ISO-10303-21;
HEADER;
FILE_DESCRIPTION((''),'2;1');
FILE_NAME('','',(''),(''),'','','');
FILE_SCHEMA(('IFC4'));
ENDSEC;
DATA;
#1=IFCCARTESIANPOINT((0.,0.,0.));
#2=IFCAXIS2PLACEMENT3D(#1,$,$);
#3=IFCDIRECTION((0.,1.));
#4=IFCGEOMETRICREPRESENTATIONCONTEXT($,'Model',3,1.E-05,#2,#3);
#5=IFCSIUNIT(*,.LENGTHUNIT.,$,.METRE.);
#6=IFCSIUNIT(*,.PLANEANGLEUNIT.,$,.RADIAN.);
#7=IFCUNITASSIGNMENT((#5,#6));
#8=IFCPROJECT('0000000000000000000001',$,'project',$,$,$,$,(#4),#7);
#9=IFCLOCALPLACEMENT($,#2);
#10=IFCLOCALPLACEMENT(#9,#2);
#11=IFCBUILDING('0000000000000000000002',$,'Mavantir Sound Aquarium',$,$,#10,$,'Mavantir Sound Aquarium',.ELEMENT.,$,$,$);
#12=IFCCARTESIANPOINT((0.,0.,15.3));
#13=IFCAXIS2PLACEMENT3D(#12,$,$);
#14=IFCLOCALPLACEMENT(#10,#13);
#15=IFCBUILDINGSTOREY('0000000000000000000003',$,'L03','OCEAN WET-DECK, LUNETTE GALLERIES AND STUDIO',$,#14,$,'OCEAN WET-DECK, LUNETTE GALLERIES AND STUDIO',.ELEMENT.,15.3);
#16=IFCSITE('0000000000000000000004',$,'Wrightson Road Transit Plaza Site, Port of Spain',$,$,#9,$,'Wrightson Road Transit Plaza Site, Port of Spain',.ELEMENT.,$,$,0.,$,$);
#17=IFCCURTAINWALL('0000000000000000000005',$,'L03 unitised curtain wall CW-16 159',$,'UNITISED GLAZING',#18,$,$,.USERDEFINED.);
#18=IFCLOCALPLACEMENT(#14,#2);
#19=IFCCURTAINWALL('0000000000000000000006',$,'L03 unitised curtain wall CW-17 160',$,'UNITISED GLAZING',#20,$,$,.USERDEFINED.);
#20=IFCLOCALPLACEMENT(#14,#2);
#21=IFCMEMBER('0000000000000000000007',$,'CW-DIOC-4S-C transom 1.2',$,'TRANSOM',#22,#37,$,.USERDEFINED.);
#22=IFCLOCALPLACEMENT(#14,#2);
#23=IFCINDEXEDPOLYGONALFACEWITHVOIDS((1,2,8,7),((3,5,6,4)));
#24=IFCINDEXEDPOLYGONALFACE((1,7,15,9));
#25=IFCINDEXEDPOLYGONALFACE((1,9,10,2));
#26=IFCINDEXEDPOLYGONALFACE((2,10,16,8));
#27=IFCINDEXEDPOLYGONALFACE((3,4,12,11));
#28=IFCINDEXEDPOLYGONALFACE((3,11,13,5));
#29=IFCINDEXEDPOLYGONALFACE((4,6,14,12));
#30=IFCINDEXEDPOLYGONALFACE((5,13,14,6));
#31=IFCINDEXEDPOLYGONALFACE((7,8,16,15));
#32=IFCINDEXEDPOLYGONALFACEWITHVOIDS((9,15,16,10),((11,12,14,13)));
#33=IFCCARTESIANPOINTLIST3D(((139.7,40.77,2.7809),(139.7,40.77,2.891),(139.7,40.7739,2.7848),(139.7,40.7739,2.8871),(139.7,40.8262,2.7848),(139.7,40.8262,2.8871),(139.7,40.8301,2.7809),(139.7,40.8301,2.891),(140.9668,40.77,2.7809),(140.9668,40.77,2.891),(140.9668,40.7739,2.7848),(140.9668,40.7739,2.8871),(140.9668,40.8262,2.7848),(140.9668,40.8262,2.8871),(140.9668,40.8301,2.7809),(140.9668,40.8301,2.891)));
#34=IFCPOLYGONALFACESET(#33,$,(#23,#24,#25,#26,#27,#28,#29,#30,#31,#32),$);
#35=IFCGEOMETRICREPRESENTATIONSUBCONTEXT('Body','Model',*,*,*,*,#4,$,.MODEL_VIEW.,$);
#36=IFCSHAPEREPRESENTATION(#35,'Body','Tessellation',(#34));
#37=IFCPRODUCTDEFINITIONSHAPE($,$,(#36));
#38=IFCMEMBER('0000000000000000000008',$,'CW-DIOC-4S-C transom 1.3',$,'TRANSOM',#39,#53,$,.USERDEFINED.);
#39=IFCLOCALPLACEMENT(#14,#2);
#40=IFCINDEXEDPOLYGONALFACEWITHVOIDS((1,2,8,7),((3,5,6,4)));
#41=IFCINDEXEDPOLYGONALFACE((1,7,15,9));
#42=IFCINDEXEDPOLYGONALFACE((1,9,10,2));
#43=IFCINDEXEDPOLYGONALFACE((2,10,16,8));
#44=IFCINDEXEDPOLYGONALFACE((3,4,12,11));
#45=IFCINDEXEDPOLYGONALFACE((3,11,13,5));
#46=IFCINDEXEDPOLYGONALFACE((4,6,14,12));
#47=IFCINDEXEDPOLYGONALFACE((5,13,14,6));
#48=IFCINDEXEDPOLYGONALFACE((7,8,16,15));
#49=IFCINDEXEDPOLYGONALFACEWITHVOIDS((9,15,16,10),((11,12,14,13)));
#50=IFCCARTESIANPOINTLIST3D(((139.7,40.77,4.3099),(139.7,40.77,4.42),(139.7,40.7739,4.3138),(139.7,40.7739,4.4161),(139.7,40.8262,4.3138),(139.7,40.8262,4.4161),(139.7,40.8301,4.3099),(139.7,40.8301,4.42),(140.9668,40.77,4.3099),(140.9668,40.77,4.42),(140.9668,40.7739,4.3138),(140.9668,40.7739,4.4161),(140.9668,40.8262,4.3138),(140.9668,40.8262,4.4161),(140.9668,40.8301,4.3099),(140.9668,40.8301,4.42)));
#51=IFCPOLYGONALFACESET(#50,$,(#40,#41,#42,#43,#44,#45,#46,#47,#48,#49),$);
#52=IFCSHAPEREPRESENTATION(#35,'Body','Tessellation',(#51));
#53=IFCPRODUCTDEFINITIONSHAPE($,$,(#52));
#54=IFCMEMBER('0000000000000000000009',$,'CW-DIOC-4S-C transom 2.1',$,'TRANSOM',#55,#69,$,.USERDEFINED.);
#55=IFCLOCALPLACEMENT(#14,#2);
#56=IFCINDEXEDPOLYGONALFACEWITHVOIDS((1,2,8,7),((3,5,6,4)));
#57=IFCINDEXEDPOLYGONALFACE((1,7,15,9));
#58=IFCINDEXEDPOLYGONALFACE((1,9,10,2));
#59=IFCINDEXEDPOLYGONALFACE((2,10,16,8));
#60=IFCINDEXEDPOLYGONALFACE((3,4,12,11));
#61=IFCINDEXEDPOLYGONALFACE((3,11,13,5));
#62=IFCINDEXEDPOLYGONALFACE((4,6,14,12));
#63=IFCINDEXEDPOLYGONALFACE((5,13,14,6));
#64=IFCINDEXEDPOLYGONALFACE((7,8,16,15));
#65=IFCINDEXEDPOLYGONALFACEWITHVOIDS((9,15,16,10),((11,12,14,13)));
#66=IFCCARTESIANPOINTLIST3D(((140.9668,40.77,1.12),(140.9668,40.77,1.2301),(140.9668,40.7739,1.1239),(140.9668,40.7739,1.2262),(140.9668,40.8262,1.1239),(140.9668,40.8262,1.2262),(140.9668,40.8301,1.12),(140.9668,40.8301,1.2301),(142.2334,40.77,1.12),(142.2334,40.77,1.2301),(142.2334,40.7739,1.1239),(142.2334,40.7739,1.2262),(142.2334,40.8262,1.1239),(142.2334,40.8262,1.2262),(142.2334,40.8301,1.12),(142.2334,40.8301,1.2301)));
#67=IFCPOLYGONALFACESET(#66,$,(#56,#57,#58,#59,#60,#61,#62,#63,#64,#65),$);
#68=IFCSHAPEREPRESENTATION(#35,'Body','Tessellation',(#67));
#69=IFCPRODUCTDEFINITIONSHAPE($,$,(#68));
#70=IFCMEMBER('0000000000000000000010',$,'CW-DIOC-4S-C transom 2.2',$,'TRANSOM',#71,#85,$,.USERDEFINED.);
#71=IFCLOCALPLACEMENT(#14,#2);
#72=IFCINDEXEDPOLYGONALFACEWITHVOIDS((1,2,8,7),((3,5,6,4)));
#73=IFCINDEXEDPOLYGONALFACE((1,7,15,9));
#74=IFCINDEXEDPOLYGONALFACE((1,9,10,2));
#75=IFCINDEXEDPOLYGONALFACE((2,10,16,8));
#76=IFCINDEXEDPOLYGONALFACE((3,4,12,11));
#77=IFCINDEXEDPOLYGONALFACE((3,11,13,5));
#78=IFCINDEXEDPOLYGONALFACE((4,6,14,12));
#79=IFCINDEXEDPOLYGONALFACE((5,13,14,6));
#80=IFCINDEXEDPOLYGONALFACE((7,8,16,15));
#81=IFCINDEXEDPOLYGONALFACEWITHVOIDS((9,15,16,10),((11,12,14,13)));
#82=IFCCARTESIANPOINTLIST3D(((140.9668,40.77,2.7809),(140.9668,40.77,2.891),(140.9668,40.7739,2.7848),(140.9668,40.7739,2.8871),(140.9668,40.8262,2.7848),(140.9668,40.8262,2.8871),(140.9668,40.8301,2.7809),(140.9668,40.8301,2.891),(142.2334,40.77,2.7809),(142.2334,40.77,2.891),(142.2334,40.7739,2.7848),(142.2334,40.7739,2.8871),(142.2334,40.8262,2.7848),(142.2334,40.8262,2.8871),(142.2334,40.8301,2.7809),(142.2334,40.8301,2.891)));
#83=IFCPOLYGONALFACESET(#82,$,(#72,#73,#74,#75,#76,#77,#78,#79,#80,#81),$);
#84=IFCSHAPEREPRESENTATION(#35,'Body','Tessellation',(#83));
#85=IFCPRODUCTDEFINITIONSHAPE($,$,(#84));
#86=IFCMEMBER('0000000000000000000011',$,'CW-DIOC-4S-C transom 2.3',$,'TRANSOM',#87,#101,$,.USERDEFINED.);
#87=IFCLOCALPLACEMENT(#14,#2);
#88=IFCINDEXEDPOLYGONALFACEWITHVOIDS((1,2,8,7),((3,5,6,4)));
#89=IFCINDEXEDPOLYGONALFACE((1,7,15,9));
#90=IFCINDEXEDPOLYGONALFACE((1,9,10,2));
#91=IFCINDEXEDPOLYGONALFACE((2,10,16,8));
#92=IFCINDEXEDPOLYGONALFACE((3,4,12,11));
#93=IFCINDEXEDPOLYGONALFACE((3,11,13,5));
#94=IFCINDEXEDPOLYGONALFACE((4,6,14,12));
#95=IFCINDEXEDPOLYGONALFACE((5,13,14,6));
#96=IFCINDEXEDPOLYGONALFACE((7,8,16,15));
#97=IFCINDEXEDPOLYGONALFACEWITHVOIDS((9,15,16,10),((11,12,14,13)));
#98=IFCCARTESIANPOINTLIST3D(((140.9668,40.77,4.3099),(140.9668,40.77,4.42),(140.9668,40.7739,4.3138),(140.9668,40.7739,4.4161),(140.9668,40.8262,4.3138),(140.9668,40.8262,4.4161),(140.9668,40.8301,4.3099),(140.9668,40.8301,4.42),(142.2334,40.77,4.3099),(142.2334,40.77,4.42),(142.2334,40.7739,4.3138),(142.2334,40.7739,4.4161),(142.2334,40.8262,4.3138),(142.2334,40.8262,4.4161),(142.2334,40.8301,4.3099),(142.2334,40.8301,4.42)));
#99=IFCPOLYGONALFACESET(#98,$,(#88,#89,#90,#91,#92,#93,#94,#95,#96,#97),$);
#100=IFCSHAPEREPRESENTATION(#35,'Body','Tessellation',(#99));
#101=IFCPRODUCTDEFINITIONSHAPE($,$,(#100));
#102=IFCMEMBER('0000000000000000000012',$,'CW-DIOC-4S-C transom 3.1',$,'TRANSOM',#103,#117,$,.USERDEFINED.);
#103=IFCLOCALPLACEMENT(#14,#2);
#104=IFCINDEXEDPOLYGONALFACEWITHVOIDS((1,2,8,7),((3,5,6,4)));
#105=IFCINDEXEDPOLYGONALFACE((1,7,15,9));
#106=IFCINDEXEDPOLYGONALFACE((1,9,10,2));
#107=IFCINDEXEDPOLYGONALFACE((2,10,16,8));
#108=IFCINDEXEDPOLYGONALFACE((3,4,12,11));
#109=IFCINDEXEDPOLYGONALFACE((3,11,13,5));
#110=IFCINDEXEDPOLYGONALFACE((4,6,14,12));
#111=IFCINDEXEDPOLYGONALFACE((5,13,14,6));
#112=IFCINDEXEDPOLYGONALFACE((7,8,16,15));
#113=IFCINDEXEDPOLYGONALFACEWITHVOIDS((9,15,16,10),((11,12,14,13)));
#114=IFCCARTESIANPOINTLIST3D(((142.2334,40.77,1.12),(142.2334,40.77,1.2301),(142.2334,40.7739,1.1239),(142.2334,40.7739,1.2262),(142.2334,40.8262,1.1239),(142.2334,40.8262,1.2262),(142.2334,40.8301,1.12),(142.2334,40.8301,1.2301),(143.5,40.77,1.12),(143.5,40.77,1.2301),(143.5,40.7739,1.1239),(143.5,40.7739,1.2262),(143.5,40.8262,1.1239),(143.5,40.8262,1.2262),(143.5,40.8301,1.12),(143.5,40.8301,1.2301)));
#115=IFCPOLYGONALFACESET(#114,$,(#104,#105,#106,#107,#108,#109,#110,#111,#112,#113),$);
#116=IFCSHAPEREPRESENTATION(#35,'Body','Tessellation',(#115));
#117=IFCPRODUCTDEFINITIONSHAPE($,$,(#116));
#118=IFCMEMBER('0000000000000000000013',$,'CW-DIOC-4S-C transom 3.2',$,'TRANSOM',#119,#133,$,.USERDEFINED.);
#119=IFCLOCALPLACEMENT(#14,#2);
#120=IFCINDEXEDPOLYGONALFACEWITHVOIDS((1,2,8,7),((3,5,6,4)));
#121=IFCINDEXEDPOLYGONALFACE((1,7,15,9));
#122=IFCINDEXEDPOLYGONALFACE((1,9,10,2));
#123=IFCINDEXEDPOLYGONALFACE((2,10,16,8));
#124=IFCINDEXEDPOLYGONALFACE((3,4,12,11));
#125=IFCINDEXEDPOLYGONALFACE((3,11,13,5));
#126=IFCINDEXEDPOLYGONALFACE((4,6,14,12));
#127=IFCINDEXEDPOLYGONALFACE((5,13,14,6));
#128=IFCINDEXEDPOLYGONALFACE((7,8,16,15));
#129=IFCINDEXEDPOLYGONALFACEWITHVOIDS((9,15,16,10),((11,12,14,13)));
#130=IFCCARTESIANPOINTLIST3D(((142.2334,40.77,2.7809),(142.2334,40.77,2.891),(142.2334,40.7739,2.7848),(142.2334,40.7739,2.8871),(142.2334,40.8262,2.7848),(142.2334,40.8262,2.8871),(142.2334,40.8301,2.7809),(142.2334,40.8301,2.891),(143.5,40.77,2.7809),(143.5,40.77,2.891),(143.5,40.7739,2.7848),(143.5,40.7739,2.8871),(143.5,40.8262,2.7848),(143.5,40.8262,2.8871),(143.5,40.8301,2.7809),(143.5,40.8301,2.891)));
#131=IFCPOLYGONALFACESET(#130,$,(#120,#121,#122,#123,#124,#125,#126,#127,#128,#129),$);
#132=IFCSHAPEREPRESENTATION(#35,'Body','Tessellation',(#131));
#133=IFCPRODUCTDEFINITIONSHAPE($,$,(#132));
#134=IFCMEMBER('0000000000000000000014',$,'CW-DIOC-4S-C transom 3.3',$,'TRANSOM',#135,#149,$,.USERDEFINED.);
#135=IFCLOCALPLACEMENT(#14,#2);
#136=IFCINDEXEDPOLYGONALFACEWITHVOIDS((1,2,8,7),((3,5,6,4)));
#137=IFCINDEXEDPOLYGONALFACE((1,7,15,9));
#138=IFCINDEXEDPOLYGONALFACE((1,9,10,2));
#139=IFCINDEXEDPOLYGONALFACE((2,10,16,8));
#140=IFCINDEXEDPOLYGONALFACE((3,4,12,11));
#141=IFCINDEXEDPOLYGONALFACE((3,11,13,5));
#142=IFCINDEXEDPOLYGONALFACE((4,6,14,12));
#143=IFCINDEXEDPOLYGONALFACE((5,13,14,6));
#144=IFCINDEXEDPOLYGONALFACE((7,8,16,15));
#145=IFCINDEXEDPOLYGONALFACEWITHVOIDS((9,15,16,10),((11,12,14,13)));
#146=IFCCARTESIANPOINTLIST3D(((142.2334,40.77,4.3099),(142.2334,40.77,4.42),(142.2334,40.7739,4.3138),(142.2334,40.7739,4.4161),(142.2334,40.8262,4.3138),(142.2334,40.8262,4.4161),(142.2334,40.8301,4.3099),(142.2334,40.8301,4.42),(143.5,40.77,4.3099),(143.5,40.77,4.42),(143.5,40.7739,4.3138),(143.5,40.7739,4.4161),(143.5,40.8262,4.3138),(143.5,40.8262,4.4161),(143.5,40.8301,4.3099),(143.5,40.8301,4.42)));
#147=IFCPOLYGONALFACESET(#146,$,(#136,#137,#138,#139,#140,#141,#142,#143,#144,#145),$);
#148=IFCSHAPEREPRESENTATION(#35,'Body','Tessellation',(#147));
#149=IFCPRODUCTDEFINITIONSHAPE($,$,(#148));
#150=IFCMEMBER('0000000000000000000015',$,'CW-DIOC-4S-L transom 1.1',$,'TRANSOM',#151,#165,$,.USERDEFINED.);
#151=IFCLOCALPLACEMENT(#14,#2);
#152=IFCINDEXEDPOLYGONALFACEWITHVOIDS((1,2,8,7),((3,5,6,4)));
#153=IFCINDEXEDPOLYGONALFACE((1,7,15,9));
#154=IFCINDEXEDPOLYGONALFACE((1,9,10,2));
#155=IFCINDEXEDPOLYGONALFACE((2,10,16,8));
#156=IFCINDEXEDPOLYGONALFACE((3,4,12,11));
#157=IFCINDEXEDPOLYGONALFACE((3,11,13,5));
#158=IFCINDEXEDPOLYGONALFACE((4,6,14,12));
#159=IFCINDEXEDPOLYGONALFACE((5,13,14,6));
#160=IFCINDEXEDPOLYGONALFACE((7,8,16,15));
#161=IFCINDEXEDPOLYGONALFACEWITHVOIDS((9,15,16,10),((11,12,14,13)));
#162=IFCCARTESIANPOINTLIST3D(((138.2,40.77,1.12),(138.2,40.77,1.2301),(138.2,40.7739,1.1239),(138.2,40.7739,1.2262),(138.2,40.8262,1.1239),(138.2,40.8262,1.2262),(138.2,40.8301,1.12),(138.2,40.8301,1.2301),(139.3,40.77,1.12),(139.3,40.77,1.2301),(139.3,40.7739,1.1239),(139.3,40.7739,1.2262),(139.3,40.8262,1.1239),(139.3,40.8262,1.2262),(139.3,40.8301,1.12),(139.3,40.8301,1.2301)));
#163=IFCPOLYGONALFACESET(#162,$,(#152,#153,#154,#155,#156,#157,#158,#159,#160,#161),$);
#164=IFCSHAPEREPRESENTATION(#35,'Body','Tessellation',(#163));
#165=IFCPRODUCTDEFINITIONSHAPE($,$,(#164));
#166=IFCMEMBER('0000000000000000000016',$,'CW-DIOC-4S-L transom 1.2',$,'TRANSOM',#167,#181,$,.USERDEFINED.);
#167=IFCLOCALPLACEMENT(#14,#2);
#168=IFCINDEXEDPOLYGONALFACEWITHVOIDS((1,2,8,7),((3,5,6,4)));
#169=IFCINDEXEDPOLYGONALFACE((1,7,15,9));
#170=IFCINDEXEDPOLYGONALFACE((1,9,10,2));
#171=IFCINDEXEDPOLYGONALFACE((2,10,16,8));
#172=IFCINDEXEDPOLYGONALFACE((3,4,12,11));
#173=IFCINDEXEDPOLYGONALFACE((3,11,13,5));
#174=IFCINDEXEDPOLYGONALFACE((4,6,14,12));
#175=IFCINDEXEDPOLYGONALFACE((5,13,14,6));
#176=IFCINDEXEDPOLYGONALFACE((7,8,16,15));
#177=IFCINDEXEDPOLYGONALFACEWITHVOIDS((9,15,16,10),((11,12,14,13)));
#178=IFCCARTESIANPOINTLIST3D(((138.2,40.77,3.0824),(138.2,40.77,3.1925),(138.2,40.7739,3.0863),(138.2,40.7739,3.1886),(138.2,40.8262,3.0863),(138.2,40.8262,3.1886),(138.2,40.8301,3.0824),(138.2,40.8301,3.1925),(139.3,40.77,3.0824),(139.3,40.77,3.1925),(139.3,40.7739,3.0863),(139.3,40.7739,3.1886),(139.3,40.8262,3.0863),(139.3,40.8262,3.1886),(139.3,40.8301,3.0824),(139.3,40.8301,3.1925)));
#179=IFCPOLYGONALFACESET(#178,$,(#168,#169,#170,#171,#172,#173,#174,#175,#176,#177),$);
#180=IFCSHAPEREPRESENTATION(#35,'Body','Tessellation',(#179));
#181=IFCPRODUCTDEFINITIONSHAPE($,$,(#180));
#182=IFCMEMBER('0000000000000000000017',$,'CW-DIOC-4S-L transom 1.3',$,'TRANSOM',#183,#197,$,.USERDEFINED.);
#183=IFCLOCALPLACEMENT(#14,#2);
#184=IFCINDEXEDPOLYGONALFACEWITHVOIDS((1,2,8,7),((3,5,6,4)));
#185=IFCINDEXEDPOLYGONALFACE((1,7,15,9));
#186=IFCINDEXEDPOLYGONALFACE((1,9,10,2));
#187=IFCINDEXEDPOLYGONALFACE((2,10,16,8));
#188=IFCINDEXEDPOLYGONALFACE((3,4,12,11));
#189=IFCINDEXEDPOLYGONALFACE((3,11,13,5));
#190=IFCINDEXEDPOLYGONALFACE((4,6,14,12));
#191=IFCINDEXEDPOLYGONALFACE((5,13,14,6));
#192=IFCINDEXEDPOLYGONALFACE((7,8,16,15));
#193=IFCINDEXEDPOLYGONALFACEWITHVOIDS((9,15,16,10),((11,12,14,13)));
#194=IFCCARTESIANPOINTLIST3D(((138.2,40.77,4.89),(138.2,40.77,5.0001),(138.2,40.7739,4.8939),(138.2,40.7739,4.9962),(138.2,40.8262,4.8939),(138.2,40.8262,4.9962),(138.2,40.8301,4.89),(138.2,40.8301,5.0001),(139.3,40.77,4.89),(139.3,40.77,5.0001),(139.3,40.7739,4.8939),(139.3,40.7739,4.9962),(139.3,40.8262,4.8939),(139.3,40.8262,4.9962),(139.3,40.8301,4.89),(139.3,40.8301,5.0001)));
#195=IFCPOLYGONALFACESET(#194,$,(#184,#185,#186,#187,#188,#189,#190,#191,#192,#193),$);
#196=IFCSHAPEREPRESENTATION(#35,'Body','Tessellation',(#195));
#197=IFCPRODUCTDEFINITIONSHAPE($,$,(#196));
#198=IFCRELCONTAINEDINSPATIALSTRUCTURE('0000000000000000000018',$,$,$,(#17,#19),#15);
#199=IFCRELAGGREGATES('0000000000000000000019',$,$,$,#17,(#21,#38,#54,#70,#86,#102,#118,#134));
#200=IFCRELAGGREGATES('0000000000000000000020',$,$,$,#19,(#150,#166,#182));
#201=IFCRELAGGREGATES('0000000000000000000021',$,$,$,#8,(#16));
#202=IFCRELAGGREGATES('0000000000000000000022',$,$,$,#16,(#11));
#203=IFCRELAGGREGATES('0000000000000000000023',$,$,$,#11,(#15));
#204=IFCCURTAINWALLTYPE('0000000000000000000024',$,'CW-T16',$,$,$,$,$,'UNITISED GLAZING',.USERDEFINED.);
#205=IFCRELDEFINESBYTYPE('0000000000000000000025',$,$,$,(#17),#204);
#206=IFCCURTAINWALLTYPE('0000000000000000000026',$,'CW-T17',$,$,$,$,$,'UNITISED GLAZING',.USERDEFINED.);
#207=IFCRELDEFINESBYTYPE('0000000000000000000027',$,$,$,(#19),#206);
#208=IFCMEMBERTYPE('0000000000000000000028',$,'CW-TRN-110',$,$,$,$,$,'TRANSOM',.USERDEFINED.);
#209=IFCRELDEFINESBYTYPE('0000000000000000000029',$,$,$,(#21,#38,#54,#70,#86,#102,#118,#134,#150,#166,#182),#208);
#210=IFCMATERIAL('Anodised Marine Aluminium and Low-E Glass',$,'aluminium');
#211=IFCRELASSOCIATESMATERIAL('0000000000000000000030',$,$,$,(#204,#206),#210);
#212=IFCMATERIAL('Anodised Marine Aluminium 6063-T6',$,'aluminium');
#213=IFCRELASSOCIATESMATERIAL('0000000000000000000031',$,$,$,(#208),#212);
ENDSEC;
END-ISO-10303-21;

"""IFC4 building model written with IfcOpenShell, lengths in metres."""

from ifc_helpers import new_model, si_unit, direction, frame, origin, origin_2d, place, context, subcontext, project, spatial, hollow_rectangle, extrude, material, material_profile, profile_set, type_object, element, aggregate, save


model = new_model("IFC4")

# Units and contexts
model_context = context("Model", 3, precision=1e-05, world=origin(), true_north=direction((0.0, 1.0)))
body_context = subcontext(model_context, "Body", "Model", "MODEL_VIEW")
ifc_project = project(units=[si_unit("LENGTHUNIT", "METRE"), si_unit("PLANEANGLEUNIT", "RADIAN")], contexts=[model_context])

# Site, building, storey
site_placement = place(None, origin())
site = spatial("IfcSite", under=ifc_project, at=site_placement, Name="Wrightson Road Transit Plaza Site, Port of Spain", LongName="Wrightson Road Transit Plaza Site, Port of Spain", CompositionType="ELEMENT", RefElevation=0.0)
building_placement = place(site_placement, origin())
building = spatial("IfcBuilding", under=site, at=building_placement, Name="Mavantir Sound Aquarium", LongName="Mavantir Sound Aquarium", CompositionType="ELEMENT")
storey_placement = place(building_placement, frame((0.0, 0.0, 15.3)))
storey = spatial("IfcBuildingStorey", under=building, at=storey_placement, Name="L03", Description="OCEAN WET-DECK, LUNETTE GALLERIES AND STUDIO", LongName="OCEAN WET-DECK, LUNETTE GALLERIES AND STUDIO", CompositionType="ELEMENT", Elevation=15.3)

# Curtain walls
ifc_material_1 = material(Name="Anodised Marine Aluminium and Low-E Glass", Category="aluminium")
curtain_wall_type_1 = type_object("IfcCurtainWallType", Name="CW-T16", ElementType="UNITISED GLAZING", PredefinedType="USERDEFINED", material=ifc_material_1)
curtain_wall_1_placement = place(storey_placement, origin())
curtain_wall_1 = element("IfcCurtainWall", 1, at=curtain_wall_1_placement, inside=storey, type_object=curtain_wall_type_1, Name="L03 unitised curtain wall CW-16 159", ObjectType="UNITISED GLAZING", PredefinedType="USERDEFINED")
ifc_material_2 = material(Name="Anodised Marine Aluminium 6063-T6", Category="aluminium")
curtain_wall_type_2 = type_object("IfcCurtainWallType", Name="CW-T17", ElementType="UNITISED GLAZING", PredefinedType="USERDEFINED", material=ifc_material_1)
curtain_wall_2_placement = place(storey_placement, origin())
curtain_wall_2 = element("IfcCurtainWall", 2, at=curtain_wall_2_placement, inside=storey, type_object=curtain_wall_type_2, Name="L03 unitised curtain wall CW-17 160", ObjectType="UNITISED GLAZING", PredefinedType="USERDEFINED")

# Members
ifc_material_profile_1 = material_profile(ifc_material_2, hollow_rectangle(XDim=0.0601, YDim=0.1101, WallThickness=0.0039, at=origin_2d()), Name="ALU-TRANSOM-110X60")
ifc_profile_set_1 = profile_set([ifc_material_profile_1], Name="Anodised Marine Aluminium 6063-T6")
member_type_1 = type_object("IfcMemberType", Name="CW-TRN-110", ElementType="TRANSOM", PredefinedType="USERDEFINED", material=ifc_profile_set_1)
member_1_placement = place(storey_placement, frame((139.7, 40.8, 2.8359), z_axis=(1.0, 0.0, 0.0), x_axis=(0.0, 1.0, 0.0)))
member_1 = element("IfcMember", 3, at=member_1_placement, type_object=member_type_1, Name="CW-DIOC-4S-C transom 1.2", ObjectType="TRANSOM", PredefinedType="USERDEFINED", context=body_context, shape_type="SweptSolid", body=[
    extrude(hollow_rectangle(XDim=0.0601, YDim=0.1101, WallThickness=0.0039, at=origin_2d()), origin(), (0.0, 0.0, 1.0), 1.2668),
])
member_2_placement = place(storey_placement, frame((139.7, 40.8, 4.365), z_axis=(1.0, 0.0, 0.0), x_axis=(0.0, 1.0, 0.0)))
member_2 = element("IfcMember", 4, at=member_2_placement, type_object=member_type_1, Name="CW-DIOC-4S-C transom 1.3", ObjectType="TRANSOM", PredefinedType="USERDEFINED", context=body_context, shape_type="SweptSolid", body=[
    extrude(hollow_rectangle(XDim=0.0601, YDim=0.1101, WallThickness=0.0039, at=origin_2d()), origin(), (0.0, 0.0, 1.0), 1.2668),
])
member_3_placement = place(storey_placement, frame((140.9668, 40.8, 1.175), z_axis=(1.0, 0.0, 0.0), x_axis=(0.0, 1.0, 0.0)))
member_3 = element("IfcMember", 5, at=member_3_placement, type_object=member_type_1, Name="CW-DIOC-4S-C transom 2.1", ObjectType="TRANSOM", PredefinedType="USERDEFINED", context=body_context, shape_type="SweptSolid", body=[
    extrude(hollow_rectangle(XDim=0.0601, YDim=0.1101, WallThickness=0.0039, at=origin_2d()), origin(), (0.0, 0.0, 1.0), 1.2666),
])
member_4_placement = place(storey_placement, frame((140.9668, 40.8, 2.8359), z_axis=(1.0, 0.0, 0.0), x_axis=(0.0, 1.0, 0.0)))
member_4 = element("IfcMember", 6, at=member_4_placement, type_object=member_type_1, Name="CW-DIOC-4S-C transom 2.2", ObjectType="TRANSOM", PredefinedType="USERDEFINED", context=body_context, shape_type="SweptSolid", body=[
    extrude(hollow_rectangle(XDim=0.0601, YDim=0.1101, WallThickness=0.0039, at=origin_2d()), origin(), (0.0, 0.0, 1.0), 1.2666),
])
member_5_placement = place(storey_placement, frame((140.9668, 40.8, 4.365), z_axis=(1.0, 0.0, 0.0), x_axis=(0.0, 1.0, 0.0)))
member_5 = element("IfcMember", 7, at=member_5_placement, type_object=member_type_1, Name="CW-DIOC-4S-C transom 2.3", ObjectType="TRANSOM", PredefinedType="USERDEFINED", context=body_context, shape_type="SweptSolid", body=[
    extrude(hollow_rectangle(XDim=0.0601, YDim=0.1101, WallThickness=0.0039, at=origin_2d()), origin(), (0.0, 0.0, 1.0), 1.2666),
])
member_6_placement = place(storey_placement, frame((142.2334, 40.8, 1.175), z_axis=(1.0, 0.0, 0.0), x_axis=(0.0, 1.0, 0.0)))
member_6 = element("IfcMember", 8, at=member_6_placement, type_object=member_type_1, Name="CW-DIOC-4S-C transom 3.1", ObjectType="TRANSOM", PredefinedType="USERDEFINED", context=body_context, shape_type="SweptSolid", body=[
    extrude(hollow_rectangle(XDim=0.0601, YDim=0.1101, WallThickness=0.0039, at=origin_2d()), origin(), (0.0, 0.0, 1.0), 1.2666),
])
member_7_placement = place(storey_placement, frame((142.2334, 40.8, 2.8359), z_axis=(1.0, 0.0, 0.0), x_axis=(0.0, 1.0, 0.0)))
member_7 = element("IfcMember", 9, at=member_7_placement, type_object=member_type_1, Name="CW-DIOC-4S-C transom 3.2", ObjectType="TRANSOM", PredefinedType="USERDEFINED", context=body_context, shape_type="SweptSolid", body=[
    extrude(hollow_rectangle(XDim=0.0601, YDim=0.1101, WallThickness=0.0039, at=origin_2d()), origin(), (0.0, 0.0, 1.0), 1.2666),
])
member_8_placement = place(storey_placement, frame((142.2334, 40.8, 4.365), z_axis=(1.0, 0.0, 0.0), x_axis=(0.0, 1.0, 0.0)))
member_8 = element("IfcMember", 10, at=member_8_placement, type_object=member_type_1, Name="CW-DIOC-4S-C transom 3.3", ObjectType="TRANSOM", PredefinedType="USERDEFINED", context=body_context, shape_type="SweptSolid", body=[
    extrude(hollow_rectangle(XDim=0.0601, YDim=0.1101, WallThickness=0.0039, at=origin_2d()), origin(), (0.0, 0.0, 1.0), 1.2666),
])
member_9_placement = place(storey_placement, frame((138.2, 40.8, 1.175), z_axis=(1.0, 0.0, 0.0), x_axis=(0.0, 1.0, 0.0)))
member_9 = element("IfcMember", 11, at=member_9_placement, type_object=member_type_1, Name="CW-DIOC-4S-L transom 1.1", ObjectType="TRANSOM", PredefinedType="USERDEFINED", context=body_context, shape_type="SweptSolid", body=[
    extrude(hollow_rectangle(XDim=0.0601, YDim=0.1101, WallThickness=0.0039, at=origin_2d()), origin(), (0.0, 0.0, 1.0), 1.1001),
])
member_10_placement = place(storey_placement, frame((138.2, 40.8, 3.1375), z_axis=(1.0, 0.0, 0.0), x_axis=(0.0, 1.0, 0.0)))
member_10 = element("IfcMember", 12, at=member_10_placement, type_object=member_type_1, Name="CW-DIOC-4S-L transom 1.2", ObjectType="TRANSOM", PredefinedType="USERDEFINED", context=body_context, shape_type="SweptSolid", body=[
    extrude(hollow_rectangle(XDim=0.0601, YDim=0.1101, WallThickness=0.0039, at=origin_2d()), origin(), (0.0, 0.0, 1.0), 1.1001),
])
member_11_placement = place(storey_placement, frame((138.2, 40.8, 4.9451), z_axis=(1.0, 0.0, 0.0), x_axis=(0.0, 1.0, 0.0)))
member_11 = element("IfcMember", 13, at=member_11_placement, type_object=member_type_1, Name="CW-DIOC-4S-L transom 1.3", ObjectType="TRANSOM", PredefinedType="USERDEFINED", context=body_context, shape_type="SweptSolid", body=[
    extrude(hollow_rectangle(XDim=0.0601, YDim=0.1101, WallThickness=0.0039, at=origin_2d()), origin(), (0.0, 0.0, 1.0), 1.1001),
])

aggregate(curtain_wall_1, [member_1, member_2, member_3, member_4, member_5, member_6, member_7, member_8])
aggregate(curtain_wall_2, [member_9, member_10, member_11])

save(model, "model.ifc")
